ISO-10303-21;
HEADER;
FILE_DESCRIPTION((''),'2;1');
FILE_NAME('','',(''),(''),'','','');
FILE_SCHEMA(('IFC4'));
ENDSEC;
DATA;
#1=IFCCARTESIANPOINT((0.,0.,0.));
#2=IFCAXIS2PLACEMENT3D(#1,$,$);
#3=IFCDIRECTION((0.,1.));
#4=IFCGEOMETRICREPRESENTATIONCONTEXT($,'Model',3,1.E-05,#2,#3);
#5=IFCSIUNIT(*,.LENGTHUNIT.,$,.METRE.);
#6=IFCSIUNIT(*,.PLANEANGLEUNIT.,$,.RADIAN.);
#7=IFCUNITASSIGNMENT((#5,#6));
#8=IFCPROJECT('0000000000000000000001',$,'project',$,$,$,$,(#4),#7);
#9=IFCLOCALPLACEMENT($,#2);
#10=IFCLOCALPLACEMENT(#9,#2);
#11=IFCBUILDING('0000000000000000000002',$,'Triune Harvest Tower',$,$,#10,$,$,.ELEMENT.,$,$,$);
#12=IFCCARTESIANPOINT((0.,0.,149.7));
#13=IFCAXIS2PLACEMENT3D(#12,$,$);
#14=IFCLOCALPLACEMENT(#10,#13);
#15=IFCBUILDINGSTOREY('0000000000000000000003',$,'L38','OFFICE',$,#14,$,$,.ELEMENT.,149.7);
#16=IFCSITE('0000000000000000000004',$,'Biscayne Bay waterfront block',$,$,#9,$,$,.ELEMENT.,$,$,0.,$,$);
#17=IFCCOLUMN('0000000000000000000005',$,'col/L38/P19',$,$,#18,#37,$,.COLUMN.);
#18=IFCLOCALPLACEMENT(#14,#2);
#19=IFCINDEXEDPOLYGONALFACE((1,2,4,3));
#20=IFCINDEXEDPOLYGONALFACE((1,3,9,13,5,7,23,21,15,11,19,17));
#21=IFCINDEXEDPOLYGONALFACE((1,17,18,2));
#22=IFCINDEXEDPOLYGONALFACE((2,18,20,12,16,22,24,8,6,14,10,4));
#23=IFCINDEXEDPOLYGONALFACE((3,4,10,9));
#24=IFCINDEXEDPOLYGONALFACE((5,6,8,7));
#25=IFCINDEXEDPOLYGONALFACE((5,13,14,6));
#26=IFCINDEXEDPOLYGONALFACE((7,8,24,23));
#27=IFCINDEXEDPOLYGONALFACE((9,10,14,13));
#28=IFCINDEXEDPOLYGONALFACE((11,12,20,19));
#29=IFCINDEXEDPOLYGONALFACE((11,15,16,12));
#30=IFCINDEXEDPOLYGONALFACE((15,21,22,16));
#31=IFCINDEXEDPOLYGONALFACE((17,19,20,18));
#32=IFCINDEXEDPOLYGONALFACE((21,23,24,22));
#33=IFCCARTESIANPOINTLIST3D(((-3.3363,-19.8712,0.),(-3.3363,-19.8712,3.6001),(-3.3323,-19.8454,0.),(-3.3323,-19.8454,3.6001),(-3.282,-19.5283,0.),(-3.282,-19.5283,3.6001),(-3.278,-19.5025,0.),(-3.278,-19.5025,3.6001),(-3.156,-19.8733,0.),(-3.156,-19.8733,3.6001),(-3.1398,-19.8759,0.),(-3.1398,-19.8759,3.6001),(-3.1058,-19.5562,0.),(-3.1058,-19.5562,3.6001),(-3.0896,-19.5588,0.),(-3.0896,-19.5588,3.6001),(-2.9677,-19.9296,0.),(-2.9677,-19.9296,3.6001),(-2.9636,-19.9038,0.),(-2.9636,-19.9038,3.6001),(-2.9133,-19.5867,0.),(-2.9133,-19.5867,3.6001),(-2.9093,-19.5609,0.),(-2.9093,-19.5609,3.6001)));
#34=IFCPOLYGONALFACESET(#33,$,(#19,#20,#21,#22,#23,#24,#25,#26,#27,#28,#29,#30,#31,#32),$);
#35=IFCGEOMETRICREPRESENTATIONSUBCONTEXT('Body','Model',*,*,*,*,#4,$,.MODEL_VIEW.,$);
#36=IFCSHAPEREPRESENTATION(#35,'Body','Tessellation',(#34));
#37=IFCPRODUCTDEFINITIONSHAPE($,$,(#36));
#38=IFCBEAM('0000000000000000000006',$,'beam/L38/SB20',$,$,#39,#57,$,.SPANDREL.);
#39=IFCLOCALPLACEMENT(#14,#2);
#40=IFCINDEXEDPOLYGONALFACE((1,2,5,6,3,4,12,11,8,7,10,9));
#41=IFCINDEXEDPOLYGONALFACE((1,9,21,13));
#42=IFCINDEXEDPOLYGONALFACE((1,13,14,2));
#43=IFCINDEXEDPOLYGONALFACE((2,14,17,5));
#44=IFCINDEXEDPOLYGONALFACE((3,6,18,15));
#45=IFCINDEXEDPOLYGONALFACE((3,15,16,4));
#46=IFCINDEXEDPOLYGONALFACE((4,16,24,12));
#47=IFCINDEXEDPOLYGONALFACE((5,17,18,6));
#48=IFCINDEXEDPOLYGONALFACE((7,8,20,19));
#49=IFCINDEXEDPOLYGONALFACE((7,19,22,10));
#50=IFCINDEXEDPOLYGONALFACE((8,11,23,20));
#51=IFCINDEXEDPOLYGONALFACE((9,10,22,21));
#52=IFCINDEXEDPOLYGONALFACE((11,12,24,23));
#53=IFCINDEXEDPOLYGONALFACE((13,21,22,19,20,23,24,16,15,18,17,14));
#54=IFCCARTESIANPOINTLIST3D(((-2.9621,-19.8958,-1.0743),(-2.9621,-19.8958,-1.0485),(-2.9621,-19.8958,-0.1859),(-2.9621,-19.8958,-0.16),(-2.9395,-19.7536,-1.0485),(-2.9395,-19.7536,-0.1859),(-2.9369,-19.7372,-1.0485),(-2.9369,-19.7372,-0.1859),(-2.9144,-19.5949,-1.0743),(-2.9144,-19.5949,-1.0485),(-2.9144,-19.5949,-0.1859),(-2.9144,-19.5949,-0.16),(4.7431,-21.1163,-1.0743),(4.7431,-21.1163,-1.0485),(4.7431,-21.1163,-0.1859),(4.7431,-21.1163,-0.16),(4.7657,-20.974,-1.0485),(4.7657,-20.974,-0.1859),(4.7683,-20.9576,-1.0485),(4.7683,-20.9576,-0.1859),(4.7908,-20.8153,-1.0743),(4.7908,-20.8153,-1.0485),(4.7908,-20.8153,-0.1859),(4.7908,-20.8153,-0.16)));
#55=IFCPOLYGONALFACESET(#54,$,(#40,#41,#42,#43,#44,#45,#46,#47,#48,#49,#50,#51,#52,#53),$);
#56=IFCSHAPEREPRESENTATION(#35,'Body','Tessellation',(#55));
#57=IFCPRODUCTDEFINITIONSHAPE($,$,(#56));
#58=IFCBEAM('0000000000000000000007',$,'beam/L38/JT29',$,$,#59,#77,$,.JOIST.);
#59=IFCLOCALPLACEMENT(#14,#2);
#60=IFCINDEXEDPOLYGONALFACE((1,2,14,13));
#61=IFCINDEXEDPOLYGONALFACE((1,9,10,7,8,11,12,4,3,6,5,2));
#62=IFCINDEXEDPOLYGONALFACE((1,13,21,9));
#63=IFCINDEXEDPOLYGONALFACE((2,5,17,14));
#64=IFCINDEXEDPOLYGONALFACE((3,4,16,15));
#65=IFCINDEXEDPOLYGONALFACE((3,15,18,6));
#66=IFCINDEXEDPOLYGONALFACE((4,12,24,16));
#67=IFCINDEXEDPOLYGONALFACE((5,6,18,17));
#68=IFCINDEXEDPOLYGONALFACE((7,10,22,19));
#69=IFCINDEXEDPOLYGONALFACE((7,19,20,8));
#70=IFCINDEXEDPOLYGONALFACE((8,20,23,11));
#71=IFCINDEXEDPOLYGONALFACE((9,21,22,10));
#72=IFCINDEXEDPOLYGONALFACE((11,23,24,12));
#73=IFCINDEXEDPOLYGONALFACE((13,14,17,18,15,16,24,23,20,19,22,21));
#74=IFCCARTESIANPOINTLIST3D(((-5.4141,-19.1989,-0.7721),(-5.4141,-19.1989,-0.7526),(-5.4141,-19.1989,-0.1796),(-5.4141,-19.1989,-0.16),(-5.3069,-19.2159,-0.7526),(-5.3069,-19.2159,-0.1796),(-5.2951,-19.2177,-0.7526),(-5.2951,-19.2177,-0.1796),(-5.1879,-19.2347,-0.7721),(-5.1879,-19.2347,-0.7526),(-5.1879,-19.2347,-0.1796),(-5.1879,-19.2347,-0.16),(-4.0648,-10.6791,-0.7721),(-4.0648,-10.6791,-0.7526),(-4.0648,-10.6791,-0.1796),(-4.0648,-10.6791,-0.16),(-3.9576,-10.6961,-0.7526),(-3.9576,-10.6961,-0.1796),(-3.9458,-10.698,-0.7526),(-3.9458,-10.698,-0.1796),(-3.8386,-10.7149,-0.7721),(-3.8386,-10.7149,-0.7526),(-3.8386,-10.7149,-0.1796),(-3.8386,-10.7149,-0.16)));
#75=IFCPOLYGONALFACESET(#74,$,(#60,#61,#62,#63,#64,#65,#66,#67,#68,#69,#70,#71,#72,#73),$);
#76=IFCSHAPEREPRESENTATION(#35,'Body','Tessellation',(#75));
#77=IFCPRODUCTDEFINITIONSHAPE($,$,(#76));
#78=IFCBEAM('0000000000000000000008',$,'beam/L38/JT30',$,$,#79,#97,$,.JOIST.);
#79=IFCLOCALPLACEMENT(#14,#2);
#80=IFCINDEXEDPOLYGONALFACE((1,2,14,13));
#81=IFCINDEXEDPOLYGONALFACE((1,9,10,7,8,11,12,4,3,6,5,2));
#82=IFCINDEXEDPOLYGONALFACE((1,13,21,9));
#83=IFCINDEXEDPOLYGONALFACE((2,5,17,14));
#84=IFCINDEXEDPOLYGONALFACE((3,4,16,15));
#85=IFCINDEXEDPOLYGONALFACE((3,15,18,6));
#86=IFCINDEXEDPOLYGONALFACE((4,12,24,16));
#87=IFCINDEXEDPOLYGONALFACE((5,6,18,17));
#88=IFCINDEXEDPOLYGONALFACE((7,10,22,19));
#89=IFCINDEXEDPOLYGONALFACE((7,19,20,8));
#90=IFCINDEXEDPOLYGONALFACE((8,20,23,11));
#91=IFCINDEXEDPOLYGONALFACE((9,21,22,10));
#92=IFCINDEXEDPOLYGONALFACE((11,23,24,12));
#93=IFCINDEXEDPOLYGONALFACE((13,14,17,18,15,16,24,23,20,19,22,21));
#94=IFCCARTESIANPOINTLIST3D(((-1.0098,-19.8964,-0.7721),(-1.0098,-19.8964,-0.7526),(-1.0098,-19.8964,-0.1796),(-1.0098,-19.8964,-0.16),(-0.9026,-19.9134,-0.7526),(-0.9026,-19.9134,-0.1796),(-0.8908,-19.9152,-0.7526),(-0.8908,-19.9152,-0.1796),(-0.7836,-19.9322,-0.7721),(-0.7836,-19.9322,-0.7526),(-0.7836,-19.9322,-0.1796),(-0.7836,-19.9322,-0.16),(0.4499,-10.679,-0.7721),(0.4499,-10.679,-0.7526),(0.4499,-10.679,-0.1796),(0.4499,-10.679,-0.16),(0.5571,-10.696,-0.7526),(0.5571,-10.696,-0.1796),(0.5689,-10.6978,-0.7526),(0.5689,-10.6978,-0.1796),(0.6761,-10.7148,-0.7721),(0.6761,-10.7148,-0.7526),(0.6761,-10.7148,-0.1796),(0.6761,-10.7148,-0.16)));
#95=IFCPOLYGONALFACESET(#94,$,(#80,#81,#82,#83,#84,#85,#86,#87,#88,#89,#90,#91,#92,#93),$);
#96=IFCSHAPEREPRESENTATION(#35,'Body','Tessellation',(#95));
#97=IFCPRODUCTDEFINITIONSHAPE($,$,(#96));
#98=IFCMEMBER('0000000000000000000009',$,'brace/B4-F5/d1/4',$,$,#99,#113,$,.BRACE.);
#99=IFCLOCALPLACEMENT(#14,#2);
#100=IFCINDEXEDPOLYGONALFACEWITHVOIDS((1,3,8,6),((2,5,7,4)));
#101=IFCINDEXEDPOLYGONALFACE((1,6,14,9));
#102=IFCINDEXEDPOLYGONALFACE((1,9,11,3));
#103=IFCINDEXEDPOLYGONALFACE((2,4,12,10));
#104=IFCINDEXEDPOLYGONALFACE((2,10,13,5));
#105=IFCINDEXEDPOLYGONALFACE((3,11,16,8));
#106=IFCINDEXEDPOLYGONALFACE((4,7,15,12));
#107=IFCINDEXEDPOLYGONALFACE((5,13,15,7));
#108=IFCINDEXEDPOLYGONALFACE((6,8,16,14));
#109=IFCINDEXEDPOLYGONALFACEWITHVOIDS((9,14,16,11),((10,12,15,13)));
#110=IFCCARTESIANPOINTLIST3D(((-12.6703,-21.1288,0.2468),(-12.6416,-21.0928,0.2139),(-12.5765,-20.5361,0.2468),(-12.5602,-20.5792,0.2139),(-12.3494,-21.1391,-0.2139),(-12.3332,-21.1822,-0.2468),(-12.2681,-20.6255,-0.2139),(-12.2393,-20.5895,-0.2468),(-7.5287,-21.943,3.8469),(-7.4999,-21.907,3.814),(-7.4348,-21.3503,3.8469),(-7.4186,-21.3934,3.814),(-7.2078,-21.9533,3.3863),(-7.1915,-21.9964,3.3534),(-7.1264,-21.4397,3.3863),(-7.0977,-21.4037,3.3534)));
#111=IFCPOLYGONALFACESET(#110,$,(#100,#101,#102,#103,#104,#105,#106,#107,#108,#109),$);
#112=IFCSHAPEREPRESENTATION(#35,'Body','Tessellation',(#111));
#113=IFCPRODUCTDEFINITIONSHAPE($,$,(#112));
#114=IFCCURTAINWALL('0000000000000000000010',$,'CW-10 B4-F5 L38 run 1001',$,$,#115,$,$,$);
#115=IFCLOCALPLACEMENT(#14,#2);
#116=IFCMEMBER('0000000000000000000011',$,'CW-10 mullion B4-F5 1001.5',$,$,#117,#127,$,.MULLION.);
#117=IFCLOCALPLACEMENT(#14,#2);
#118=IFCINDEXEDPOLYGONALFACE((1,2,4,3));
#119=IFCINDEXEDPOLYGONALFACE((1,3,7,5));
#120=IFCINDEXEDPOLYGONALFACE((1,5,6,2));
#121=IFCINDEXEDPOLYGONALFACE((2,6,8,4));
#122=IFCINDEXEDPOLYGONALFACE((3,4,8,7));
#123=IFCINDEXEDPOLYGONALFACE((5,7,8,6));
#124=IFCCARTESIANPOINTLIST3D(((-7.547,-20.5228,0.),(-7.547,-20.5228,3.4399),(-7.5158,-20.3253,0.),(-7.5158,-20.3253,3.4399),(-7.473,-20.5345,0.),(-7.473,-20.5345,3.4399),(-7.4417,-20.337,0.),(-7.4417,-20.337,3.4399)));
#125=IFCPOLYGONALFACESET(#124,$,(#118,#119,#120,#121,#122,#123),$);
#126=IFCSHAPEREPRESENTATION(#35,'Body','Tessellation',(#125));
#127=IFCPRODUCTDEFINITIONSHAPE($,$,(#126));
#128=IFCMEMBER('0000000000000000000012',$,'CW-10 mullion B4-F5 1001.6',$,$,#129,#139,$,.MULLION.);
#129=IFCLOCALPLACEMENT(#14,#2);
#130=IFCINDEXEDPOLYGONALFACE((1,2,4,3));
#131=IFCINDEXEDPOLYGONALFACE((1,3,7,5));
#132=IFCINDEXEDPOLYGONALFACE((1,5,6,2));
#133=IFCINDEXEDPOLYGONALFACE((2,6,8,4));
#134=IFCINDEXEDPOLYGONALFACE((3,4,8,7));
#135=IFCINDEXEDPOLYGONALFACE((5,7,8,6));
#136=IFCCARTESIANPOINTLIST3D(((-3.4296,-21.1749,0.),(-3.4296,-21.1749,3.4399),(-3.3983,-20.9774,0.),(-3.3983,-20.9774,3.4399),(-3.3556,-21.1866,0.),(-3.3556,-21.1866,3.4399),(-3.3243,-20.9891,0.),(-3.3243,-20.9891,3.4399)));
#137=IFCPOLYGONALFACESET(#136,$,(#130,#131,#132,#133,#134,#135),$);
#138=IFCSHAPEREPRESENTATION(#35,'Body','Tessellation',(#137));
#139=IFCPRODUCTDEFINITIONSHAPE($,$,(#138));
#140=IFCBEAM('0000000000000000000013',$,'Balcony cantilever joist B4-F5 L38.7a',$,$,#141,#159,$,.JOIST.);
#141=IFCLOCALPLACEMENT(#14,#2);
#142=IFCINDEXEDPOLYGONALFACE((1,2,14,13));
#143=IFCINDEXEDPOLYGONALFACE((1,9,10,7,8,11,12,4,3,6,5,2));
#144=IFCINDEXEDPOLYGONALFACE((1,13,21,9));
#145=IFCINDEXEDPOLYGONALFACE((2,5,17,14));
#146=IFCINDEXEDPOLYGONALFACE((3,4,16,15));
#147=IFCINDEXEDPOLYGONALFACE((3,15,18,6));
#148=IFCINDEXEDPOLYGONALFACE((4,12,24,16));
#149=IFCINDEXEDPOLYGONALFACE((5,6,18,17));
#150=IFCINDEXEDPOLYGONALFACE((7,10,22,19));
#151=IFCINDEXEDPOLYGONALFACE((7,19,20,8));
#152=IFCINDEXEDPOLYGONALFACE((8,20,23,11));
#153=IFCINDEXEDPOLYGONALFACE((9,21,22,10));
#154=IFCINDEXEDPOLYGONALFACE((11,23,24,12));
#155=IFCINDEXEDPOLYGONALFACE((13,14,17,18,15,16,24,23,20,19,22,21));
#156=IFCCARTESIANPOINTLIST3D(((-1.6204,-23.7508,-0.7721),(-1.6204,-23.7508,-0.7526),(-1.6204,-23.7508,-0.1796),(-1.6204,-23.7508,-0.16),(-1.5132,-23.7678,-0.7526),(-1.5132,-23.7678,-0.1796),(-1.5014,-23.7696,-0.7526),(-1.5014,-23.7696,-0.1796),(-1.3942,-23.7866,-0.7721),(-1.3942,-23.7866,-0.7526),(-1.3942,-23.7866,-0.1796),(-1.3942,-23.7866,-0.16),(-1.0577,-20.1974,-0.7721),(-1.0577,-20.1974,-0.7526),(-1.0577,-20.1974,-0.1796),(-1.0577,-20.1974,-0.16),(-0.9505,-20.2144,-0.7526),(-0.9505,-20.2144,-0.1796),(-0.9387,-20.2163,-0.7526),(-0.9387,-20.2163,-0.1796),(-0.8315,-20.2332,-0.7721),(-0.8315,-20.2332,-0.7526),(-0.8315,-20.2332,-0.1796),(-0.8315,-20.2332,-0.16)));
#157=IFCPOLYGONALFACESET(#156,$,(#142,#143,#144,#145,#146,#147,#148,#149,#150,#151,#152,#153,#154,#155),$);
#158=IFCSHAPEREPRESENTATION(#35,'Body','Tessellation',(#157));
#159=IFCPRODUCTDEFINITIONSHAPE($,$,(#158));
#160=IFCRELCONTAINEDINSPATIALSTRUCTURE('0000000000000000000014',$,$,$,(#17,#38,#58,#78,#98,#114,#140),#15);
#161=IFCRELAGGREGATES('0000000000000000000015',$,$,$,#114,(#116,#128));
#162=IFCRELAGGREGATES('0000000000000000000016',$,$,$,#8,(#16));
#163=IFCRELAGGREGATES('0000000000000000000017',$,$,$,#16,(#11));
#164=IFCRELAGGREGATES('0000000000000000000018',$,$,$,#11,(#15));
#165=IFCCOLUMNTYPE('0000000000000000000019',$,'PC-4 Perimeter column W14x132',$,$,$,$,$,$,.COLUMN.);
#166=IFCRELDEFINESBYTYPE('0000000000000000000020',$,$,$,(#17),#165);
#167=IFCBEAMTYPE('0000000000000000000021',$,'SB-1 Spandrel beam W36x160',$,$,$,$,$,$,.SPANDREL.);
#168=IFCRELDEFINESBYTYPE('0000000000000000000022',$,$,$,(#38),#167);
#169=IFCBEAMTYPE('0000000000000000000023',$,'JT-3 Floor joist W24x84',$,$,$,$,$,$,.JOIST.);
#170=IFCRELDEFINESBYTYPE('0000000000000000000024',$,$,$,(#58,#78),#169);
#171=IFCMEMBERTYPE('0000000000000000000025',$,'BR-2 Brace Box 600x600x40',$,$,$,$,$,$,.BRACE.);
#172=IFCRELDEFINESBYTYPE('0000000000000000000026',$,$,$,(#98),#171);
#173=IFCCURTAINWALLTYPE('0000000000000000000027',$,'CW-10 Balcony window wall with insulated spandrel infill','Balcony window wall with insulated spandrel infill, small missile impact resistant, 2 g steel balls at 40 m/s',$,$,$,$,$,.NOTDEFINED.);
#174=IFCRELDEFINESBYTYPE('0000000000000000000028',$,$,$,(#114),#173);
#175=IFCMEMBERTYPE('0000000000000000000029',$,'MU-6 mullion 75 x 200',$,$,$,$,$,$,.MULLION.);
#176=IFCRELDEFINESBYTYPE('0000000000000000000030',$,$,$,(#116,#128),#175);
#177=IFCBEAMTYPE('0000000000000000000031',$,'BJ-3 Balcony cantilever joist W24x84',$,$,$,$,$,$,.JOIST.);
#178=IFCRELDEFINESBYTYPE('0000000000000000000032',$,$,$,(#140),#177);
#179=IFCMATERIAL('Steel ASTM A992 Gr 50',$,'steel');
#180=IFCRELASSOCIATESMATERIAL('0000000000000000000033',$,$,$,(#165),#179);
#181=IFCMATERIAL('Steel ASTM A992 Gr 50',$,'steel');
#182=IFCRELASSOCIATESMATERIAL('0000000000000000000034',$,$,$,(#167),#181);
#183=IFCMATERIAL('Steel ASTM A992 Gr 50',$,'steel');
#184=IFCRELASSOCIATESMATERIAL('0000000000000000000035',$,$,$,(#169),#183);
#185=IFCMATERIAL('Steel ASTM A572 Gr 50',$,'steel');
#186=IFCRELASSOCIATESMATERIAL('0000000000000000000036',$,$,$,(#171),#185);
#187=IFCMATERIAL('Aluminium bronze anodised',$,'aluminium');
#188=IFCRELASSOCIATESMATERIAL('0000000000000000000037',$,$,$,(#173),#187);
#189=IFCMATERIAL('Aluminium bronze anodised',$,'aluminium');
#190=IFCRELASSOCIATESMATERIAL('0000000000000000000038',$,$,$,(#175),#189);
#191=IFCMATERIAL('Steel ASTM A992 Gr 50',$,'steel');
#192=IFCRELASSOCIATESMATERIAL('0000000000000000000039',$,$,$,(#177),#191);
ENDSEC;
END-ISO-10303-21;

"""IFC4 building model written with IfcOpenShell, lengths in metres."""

from ifc_helpers import new_model, si_unit, direction, frame, origin, origin_2d, place, context, subcontext, project, spatial, rectangle, hollow_rectangle, i_section, extrude, source, transform, mapped, material, material_profile, profile_set, type_object, element, aggregate, save


model = new_model("IFC4")

# Units and contexts
model_context = context("Model", 3, precision=1e-05, world=origin(), true_north=direction((0.0, 1.0)))
body_context = subcontext(model_context, "Body", "Model", "MODEL_VIEW")
ifc_project = project(units=[si_unit("LENGTHUNIT", "METRE"), si_unit("PLANEANGLEUNIT", "RADIAN")], contexts=[model_context])

# Site, building, storey
site_placement = place(None, origin())
site = spatial("IfcSite", under=ifc_project, at=site_placement, Name="Biscayne Bay waterfront block", CompositionType="ELEMENT", RefElevation=0.0)
building_placement = place(site_placement, origin())
building = spatial("IfcBuilding", under=site, at=building_placement, Name="Triune Harvest Tower", CompositionType="ELEMENT")
storey_placement = place(building_placement, frame((0.0, 0.0, 149.7)))
storey = spatial("IfcBuildingStorey", under=building, at=storey_placement, Name="L38", Description="OFFICE", CompositionType="ELEMENT", Elevation=149.7)

# Column
ifc_material_1 = material(Name="Steel ASTM A992 Gr 50", Category="steel")
ifc_material_profile_1 = material_profile(ifc_material_1, i_section(OverallWidth=0.3733, OverallDepth=0.3733, WebThickness=0.0164, FlangeThickness=0.0261, at=origin_2d()), Name="W14x132")
ifc_profile_set_1 = profile_set([ifc_material_profile_1], Name="Steel ASTM A992 Gr 50")
column_type = type_object("IfcColumnType", Name="PC-4 Perimeter column W14x132", PredefinedType="COLUMN", material=ifc_profile_set_1)
shared_shape_1 = source(origin(), body_context, "Body", "SweptSolid", [
    extrude(i_section(OverallWidth=0.3733, OverallDepth=0.3733, WebThickness=0.0164, FlangeThickness=0.0261, at=origin_2d()), origin(), (0.0, 0.0, 1.0), 3.6001),
])
column_placement = place(storey_placement, frame((-3.1228, -19.7161, 0.0), z_axis=(0.0, 0.0, 1.0), x_axis=(0.987688, -0.156434, 0.0)))
element("IfcColumn", 1, at=column_placement, inside=storey, type_object=column_type, Name="col/L38/P19", PredefinedType="COLUMN", context=body_context, shape_type="MappedRepresentation", body=[
    mapped(shared_shape_1, transform((0.0, 0.0, 0.0), scale=1.0)),
])

# Beams
ifc_material_2 = material(Name="Steel ASTM A992 Gr 50", Category="steel")
ifc_material_profile_2 = material_profile(ifc_material_2, i_section(OverallWidth=0.3047, OverallDepth=0.9143, WebThickness=0.0166, FlangeThickness=0.0259, at=origin_2d()), Name="W36x160")
ifc_profile_set_2 = profile_set([ifc_material_profile_2], Name="Steel ASTM A992 Gr 50")
beam_type_1 = type_object("IfcBeamType", Name="SB-1 Spandrel beam W36x160", PredefinedType="SPANDREL", material=ifc_profile_set_2)
shared_shape_2 = source(origin(), body_context, "Body", "SweptSolid", [
    extrude(i_section(OverallWidth=0.3047, OverallDepth=0.9143, WebThickness=0.0166, FlangeThickness=0.0259, at=origin_2d()), origin(), (0.0, 0.0, 1.0), 7.8013),
])
beam_1_placement = place(storey_placement, frame((-2.9382, -19.7454, -0.6172), z_axis=(0.987687, -0.156441, 0.0), x_axis=(0.156441, 0.987687, 0.0)))
element("IfcBeam", 2, at=beam_1_placement, inside=storey, type_object=beam_type_1, Name="beam/L38/SB20", PredefinedType="SPANDREL", context=body_context, shape_type="MappedRepresentation", body=[
    mapped(shared_shape_2, transform((0.0, 0.0, 0.0), scale=1.0)),
])
ifc_material_3 = material(Name="Steel ASTM A992 Gr 50", Category="steel")
ifc_material_profile_3 = material_profile(ifc_material_3, i_section(OverallWidth=0.229, OverallDepth=0.6121, WebThickness=0.012, FlangeThickness=0.0195, at=origin_2d()), Name="W24x84")
ifc_profile_set_3 = profile_set([ifc_material_profile_3], Name="Steel ASTM A992 Gr 50")
beam_type_2 = type_object("IfcBeamType", Name="JT-3 Floor joist W24x84", PredefinedType="JOIST", material=ifc_profile_set_3)
shared_shape_3 = source(origin(), body_context, "Body", "SweptSolid", [
    extrude(i_section(OverallWidth=0.229, OverallDepth=0.6121, WebThickness=0.012, FlangeThickness=0.0195, at=origin_2d()), origin(), (0.0, 0.0, 1.0), 8.626),
])
beam_2_placement = place(storey_placement, frame((-5.301, -19.2168, -0.4661), z_axis=(0.156431, 0.987689, 0.0), x_axis=(-0.987689, 0.156431, 0.0)))
element("IfcBeam", 3, at=beam_2_placement, inside=storey, type_object=beam_type_2, Name="beam/L38/JT29", PredefinedType="JOIST", context=body_context, shape_type="MappedRepresentation", body=[
    mapped(shared_shape_3, transform((0.0, 0.0, 0.0), scale=1.0)),
])
shared_shape_4 = source(origin(), body_context, "Body", "SweptSolid", [
    extrude(i_section(OverallWidth=0.229, OverallDepth=0.6121, WebThickness=0.012, FlangeThickness=0.0195, at=origin_2d()), origin(), (0.0, 0.0, 1.0), 9.3323),
])
beam_3_placement = place(storey_placement, frame((-0.8967, -19.9143, -0.4661), z_axis=(0.156418, 0.987691, 0.0), x_axis=(-0.987691, 0.156418, 0.0)))
element("IfcBeam", 4, at=beam_3_placement, inside=storey, type_object=beam_type_2, Name="beam/L38/JT30", PredefinedType="JOIST", context=body_context, shape_type="MappedRepresentation", body=[
    mapped(shared_shape_4, transform((0.0, 0.0, 0.0), scale=1.0)),
])

# Member
ifc_material_4 = material(Name="Steel ASTM A572 Gr 50", Category="steel")
ifc_material_profile_4 = material_profile(ifc_material_4, hollow_rectangle(XDim=0.6001, YDim=0.6001, WallThickness=0.04, at=origin_2d()), Name="Box 600x600x40")
ifc_profile_set_4 = profile_set([ifc_material_profile_4], Name="Steel ASTM A572 Gr 50")
member_type_1 = type_object("IfcMemberType", Name="BR-2 Brace Box 600x600x40", PredefinedType="BRACE", material=ifc_profile_set_4)
shared_shape_5 = source(origin(), body_context, "Body", "SweptSolid", [
    extrude(hollow_rectangle(XDim=0.6001, YDim=0.6001, WallThickness=0.04, at=origin_2d()), origin(), (0.0, 0.0, 1.0), 6.3293),
])
member_1_placement = place(storey_placement, frame((-12.4548, -20.8591, 0.0), z_axis=(0.812353, -0.128642, 0.568801), x_axis=(0.156408, 0.987693, 0.0)))
element("IfcMember", 5, at=member_1_placement, inside=storey, type_object=member_type_1, Name="brace/B4-F5/d1/4", PredefinedType="BRACE", context=body_context, shape_type="MappedRepresentation", body=[
    mapped(shared_shape_5, transform((0.0, 0.0, 0.0), scale=1.0)),
])

# Curtain wall, members
ifc_material_5 = material(Name="Aluminium bronze anodised", Category="aluminium")
curtain_wall_type = type_object("IfcCurtainWallType", Name="CW-10 Balcony window wall with insulated spandrel infill", Description="Balcony window wall with insulated spandrel infill, small missile impact resistant, 2 g steel balls at 40 m/s", PredefinedType="NOTDEFINED", material=ifc_material_5)
curtain_wall_placement = place(storey_placement, origin())
curtain_wall = element("IfcCurtainWall", 6, at=curtain_wall_placement, inside=storey, type_object=curtain_wall_type, Name="CW-10 B4-F5 L38 run 1001")
ifc_material_6 = material(Name="Aluminium bronze anodised", Category="aluminium")
ifc_material_profile_5 = material_profile(ifc_material_6, rectangle(XDim=0.2, YDim=0.075, at=origin_2d()), Name="MU-6 mullion 75 x 200")
ifc_profile_set_5 = profile_set([ifc_material_profile_5], Name="Aluminium bronze anodised")
member_type_2 = type_object("IfcMemberType", Name="MU-6 mullion 75 x 200", PredefinedType="MULLION", material=ifc_profile_set_5)
shared_shape_6 = source(origin(), body_context, "Body", "SweptSolid", [
    extrude(rectangle(XDim=0.2, YDim=0.075, at=origin_2d()), origin(), (0.0, 0.0, 1.0), 3.4399),
])
member_2_placement = place(storey_placement, frame((-7.4944, -20.4299, 0.0), z_axis=(0.0, 0.0, 1.0), x_axis=(0.156433, 0.987689, 0.0)))
member_2 = element("IfcMember", 7, at=member_2_placement, type_object=member_type_2, Name="CW-10 mullion B4-F5 1001.5", PredefinedType="MULLION", context=body_context, shape_type="MappedRepresentation", body=[
    mapped(shared_shape_6, transform((0.0, 0.0, 0.0), scale=1.0)),
])
member_3_placement = place(storey_placement, frame((-3.377, -21.082, 0.0), z_axis=(0.0, 0.0, 1.0), x_axis=(0.156433, 0.987689, 0.0)))
member_3 = element("IfcMember", 8, at=member_3_placement, type_object=member_type_2, Name="CW-10 mullion B4-F5 1001.6", PredefinedType="MULLION", context=body_context, shape_type="MappedRepresentation", body=[
    mapped(shared_shape_6, transform((0.0, 0.0, 0.0), scale=1.0)),
])

# Beam
ifc_material_7 = material(Name="Steel ASTM A992 Gr 50", Category="steel")
ifc_material_profile_6 = material_profile(ifc_material_7, i_section(OverallWidth=0.229, OverallDepth=0.6121, WebThickness=0.012, FlangeThickness=0.0195, at=origin_2d()), Name="W24x84")
ifc_profile_set_6 = profile_set([ifc_material_profile_6], Name="Steel ASTM A992 Gr 50")
beam_type_3 = type_object("IfcBeamType", Name="BJ-3 Balcony cantilever joist W24x84", PredefinedType="JOIST", material=ifc_profile_set_6)
shared_shape_7 = source(origin(), body_context, "Body", "SweptSolid", [
    extrude(i_section(OverallWidth=0.229, OverallDepth=0.6121, WebThickness=0.012, FlangeThickness=0.0195, at=origin_2d()), origin(), (0.0, 0.0, 1.0), 3.5977),
])
beam_4_placement = place(storey_placement, frame((-0.9446, -20.2153, -0.4661), z_axis=(-0.156416, -0.987691, 0.0), x_axis=(0.987691, -0.156416, 0.0)))
element("IfcBeam", 9, at=beam_4_placement, inside=storey, type_object=beam_type_3, Name="Balcony cantilever joist B4-F5 L38.7a", PredefinedType="JOIST", context=body_context, shape_type="MappedRepresentation", body=[
    mapped(shared_shape_7, transform((0.0, 0.0, 0.0), scale=1.0)),
])

aggregate(curtain_wall, [member_2, member_3])

save(model, "model.ifc")
